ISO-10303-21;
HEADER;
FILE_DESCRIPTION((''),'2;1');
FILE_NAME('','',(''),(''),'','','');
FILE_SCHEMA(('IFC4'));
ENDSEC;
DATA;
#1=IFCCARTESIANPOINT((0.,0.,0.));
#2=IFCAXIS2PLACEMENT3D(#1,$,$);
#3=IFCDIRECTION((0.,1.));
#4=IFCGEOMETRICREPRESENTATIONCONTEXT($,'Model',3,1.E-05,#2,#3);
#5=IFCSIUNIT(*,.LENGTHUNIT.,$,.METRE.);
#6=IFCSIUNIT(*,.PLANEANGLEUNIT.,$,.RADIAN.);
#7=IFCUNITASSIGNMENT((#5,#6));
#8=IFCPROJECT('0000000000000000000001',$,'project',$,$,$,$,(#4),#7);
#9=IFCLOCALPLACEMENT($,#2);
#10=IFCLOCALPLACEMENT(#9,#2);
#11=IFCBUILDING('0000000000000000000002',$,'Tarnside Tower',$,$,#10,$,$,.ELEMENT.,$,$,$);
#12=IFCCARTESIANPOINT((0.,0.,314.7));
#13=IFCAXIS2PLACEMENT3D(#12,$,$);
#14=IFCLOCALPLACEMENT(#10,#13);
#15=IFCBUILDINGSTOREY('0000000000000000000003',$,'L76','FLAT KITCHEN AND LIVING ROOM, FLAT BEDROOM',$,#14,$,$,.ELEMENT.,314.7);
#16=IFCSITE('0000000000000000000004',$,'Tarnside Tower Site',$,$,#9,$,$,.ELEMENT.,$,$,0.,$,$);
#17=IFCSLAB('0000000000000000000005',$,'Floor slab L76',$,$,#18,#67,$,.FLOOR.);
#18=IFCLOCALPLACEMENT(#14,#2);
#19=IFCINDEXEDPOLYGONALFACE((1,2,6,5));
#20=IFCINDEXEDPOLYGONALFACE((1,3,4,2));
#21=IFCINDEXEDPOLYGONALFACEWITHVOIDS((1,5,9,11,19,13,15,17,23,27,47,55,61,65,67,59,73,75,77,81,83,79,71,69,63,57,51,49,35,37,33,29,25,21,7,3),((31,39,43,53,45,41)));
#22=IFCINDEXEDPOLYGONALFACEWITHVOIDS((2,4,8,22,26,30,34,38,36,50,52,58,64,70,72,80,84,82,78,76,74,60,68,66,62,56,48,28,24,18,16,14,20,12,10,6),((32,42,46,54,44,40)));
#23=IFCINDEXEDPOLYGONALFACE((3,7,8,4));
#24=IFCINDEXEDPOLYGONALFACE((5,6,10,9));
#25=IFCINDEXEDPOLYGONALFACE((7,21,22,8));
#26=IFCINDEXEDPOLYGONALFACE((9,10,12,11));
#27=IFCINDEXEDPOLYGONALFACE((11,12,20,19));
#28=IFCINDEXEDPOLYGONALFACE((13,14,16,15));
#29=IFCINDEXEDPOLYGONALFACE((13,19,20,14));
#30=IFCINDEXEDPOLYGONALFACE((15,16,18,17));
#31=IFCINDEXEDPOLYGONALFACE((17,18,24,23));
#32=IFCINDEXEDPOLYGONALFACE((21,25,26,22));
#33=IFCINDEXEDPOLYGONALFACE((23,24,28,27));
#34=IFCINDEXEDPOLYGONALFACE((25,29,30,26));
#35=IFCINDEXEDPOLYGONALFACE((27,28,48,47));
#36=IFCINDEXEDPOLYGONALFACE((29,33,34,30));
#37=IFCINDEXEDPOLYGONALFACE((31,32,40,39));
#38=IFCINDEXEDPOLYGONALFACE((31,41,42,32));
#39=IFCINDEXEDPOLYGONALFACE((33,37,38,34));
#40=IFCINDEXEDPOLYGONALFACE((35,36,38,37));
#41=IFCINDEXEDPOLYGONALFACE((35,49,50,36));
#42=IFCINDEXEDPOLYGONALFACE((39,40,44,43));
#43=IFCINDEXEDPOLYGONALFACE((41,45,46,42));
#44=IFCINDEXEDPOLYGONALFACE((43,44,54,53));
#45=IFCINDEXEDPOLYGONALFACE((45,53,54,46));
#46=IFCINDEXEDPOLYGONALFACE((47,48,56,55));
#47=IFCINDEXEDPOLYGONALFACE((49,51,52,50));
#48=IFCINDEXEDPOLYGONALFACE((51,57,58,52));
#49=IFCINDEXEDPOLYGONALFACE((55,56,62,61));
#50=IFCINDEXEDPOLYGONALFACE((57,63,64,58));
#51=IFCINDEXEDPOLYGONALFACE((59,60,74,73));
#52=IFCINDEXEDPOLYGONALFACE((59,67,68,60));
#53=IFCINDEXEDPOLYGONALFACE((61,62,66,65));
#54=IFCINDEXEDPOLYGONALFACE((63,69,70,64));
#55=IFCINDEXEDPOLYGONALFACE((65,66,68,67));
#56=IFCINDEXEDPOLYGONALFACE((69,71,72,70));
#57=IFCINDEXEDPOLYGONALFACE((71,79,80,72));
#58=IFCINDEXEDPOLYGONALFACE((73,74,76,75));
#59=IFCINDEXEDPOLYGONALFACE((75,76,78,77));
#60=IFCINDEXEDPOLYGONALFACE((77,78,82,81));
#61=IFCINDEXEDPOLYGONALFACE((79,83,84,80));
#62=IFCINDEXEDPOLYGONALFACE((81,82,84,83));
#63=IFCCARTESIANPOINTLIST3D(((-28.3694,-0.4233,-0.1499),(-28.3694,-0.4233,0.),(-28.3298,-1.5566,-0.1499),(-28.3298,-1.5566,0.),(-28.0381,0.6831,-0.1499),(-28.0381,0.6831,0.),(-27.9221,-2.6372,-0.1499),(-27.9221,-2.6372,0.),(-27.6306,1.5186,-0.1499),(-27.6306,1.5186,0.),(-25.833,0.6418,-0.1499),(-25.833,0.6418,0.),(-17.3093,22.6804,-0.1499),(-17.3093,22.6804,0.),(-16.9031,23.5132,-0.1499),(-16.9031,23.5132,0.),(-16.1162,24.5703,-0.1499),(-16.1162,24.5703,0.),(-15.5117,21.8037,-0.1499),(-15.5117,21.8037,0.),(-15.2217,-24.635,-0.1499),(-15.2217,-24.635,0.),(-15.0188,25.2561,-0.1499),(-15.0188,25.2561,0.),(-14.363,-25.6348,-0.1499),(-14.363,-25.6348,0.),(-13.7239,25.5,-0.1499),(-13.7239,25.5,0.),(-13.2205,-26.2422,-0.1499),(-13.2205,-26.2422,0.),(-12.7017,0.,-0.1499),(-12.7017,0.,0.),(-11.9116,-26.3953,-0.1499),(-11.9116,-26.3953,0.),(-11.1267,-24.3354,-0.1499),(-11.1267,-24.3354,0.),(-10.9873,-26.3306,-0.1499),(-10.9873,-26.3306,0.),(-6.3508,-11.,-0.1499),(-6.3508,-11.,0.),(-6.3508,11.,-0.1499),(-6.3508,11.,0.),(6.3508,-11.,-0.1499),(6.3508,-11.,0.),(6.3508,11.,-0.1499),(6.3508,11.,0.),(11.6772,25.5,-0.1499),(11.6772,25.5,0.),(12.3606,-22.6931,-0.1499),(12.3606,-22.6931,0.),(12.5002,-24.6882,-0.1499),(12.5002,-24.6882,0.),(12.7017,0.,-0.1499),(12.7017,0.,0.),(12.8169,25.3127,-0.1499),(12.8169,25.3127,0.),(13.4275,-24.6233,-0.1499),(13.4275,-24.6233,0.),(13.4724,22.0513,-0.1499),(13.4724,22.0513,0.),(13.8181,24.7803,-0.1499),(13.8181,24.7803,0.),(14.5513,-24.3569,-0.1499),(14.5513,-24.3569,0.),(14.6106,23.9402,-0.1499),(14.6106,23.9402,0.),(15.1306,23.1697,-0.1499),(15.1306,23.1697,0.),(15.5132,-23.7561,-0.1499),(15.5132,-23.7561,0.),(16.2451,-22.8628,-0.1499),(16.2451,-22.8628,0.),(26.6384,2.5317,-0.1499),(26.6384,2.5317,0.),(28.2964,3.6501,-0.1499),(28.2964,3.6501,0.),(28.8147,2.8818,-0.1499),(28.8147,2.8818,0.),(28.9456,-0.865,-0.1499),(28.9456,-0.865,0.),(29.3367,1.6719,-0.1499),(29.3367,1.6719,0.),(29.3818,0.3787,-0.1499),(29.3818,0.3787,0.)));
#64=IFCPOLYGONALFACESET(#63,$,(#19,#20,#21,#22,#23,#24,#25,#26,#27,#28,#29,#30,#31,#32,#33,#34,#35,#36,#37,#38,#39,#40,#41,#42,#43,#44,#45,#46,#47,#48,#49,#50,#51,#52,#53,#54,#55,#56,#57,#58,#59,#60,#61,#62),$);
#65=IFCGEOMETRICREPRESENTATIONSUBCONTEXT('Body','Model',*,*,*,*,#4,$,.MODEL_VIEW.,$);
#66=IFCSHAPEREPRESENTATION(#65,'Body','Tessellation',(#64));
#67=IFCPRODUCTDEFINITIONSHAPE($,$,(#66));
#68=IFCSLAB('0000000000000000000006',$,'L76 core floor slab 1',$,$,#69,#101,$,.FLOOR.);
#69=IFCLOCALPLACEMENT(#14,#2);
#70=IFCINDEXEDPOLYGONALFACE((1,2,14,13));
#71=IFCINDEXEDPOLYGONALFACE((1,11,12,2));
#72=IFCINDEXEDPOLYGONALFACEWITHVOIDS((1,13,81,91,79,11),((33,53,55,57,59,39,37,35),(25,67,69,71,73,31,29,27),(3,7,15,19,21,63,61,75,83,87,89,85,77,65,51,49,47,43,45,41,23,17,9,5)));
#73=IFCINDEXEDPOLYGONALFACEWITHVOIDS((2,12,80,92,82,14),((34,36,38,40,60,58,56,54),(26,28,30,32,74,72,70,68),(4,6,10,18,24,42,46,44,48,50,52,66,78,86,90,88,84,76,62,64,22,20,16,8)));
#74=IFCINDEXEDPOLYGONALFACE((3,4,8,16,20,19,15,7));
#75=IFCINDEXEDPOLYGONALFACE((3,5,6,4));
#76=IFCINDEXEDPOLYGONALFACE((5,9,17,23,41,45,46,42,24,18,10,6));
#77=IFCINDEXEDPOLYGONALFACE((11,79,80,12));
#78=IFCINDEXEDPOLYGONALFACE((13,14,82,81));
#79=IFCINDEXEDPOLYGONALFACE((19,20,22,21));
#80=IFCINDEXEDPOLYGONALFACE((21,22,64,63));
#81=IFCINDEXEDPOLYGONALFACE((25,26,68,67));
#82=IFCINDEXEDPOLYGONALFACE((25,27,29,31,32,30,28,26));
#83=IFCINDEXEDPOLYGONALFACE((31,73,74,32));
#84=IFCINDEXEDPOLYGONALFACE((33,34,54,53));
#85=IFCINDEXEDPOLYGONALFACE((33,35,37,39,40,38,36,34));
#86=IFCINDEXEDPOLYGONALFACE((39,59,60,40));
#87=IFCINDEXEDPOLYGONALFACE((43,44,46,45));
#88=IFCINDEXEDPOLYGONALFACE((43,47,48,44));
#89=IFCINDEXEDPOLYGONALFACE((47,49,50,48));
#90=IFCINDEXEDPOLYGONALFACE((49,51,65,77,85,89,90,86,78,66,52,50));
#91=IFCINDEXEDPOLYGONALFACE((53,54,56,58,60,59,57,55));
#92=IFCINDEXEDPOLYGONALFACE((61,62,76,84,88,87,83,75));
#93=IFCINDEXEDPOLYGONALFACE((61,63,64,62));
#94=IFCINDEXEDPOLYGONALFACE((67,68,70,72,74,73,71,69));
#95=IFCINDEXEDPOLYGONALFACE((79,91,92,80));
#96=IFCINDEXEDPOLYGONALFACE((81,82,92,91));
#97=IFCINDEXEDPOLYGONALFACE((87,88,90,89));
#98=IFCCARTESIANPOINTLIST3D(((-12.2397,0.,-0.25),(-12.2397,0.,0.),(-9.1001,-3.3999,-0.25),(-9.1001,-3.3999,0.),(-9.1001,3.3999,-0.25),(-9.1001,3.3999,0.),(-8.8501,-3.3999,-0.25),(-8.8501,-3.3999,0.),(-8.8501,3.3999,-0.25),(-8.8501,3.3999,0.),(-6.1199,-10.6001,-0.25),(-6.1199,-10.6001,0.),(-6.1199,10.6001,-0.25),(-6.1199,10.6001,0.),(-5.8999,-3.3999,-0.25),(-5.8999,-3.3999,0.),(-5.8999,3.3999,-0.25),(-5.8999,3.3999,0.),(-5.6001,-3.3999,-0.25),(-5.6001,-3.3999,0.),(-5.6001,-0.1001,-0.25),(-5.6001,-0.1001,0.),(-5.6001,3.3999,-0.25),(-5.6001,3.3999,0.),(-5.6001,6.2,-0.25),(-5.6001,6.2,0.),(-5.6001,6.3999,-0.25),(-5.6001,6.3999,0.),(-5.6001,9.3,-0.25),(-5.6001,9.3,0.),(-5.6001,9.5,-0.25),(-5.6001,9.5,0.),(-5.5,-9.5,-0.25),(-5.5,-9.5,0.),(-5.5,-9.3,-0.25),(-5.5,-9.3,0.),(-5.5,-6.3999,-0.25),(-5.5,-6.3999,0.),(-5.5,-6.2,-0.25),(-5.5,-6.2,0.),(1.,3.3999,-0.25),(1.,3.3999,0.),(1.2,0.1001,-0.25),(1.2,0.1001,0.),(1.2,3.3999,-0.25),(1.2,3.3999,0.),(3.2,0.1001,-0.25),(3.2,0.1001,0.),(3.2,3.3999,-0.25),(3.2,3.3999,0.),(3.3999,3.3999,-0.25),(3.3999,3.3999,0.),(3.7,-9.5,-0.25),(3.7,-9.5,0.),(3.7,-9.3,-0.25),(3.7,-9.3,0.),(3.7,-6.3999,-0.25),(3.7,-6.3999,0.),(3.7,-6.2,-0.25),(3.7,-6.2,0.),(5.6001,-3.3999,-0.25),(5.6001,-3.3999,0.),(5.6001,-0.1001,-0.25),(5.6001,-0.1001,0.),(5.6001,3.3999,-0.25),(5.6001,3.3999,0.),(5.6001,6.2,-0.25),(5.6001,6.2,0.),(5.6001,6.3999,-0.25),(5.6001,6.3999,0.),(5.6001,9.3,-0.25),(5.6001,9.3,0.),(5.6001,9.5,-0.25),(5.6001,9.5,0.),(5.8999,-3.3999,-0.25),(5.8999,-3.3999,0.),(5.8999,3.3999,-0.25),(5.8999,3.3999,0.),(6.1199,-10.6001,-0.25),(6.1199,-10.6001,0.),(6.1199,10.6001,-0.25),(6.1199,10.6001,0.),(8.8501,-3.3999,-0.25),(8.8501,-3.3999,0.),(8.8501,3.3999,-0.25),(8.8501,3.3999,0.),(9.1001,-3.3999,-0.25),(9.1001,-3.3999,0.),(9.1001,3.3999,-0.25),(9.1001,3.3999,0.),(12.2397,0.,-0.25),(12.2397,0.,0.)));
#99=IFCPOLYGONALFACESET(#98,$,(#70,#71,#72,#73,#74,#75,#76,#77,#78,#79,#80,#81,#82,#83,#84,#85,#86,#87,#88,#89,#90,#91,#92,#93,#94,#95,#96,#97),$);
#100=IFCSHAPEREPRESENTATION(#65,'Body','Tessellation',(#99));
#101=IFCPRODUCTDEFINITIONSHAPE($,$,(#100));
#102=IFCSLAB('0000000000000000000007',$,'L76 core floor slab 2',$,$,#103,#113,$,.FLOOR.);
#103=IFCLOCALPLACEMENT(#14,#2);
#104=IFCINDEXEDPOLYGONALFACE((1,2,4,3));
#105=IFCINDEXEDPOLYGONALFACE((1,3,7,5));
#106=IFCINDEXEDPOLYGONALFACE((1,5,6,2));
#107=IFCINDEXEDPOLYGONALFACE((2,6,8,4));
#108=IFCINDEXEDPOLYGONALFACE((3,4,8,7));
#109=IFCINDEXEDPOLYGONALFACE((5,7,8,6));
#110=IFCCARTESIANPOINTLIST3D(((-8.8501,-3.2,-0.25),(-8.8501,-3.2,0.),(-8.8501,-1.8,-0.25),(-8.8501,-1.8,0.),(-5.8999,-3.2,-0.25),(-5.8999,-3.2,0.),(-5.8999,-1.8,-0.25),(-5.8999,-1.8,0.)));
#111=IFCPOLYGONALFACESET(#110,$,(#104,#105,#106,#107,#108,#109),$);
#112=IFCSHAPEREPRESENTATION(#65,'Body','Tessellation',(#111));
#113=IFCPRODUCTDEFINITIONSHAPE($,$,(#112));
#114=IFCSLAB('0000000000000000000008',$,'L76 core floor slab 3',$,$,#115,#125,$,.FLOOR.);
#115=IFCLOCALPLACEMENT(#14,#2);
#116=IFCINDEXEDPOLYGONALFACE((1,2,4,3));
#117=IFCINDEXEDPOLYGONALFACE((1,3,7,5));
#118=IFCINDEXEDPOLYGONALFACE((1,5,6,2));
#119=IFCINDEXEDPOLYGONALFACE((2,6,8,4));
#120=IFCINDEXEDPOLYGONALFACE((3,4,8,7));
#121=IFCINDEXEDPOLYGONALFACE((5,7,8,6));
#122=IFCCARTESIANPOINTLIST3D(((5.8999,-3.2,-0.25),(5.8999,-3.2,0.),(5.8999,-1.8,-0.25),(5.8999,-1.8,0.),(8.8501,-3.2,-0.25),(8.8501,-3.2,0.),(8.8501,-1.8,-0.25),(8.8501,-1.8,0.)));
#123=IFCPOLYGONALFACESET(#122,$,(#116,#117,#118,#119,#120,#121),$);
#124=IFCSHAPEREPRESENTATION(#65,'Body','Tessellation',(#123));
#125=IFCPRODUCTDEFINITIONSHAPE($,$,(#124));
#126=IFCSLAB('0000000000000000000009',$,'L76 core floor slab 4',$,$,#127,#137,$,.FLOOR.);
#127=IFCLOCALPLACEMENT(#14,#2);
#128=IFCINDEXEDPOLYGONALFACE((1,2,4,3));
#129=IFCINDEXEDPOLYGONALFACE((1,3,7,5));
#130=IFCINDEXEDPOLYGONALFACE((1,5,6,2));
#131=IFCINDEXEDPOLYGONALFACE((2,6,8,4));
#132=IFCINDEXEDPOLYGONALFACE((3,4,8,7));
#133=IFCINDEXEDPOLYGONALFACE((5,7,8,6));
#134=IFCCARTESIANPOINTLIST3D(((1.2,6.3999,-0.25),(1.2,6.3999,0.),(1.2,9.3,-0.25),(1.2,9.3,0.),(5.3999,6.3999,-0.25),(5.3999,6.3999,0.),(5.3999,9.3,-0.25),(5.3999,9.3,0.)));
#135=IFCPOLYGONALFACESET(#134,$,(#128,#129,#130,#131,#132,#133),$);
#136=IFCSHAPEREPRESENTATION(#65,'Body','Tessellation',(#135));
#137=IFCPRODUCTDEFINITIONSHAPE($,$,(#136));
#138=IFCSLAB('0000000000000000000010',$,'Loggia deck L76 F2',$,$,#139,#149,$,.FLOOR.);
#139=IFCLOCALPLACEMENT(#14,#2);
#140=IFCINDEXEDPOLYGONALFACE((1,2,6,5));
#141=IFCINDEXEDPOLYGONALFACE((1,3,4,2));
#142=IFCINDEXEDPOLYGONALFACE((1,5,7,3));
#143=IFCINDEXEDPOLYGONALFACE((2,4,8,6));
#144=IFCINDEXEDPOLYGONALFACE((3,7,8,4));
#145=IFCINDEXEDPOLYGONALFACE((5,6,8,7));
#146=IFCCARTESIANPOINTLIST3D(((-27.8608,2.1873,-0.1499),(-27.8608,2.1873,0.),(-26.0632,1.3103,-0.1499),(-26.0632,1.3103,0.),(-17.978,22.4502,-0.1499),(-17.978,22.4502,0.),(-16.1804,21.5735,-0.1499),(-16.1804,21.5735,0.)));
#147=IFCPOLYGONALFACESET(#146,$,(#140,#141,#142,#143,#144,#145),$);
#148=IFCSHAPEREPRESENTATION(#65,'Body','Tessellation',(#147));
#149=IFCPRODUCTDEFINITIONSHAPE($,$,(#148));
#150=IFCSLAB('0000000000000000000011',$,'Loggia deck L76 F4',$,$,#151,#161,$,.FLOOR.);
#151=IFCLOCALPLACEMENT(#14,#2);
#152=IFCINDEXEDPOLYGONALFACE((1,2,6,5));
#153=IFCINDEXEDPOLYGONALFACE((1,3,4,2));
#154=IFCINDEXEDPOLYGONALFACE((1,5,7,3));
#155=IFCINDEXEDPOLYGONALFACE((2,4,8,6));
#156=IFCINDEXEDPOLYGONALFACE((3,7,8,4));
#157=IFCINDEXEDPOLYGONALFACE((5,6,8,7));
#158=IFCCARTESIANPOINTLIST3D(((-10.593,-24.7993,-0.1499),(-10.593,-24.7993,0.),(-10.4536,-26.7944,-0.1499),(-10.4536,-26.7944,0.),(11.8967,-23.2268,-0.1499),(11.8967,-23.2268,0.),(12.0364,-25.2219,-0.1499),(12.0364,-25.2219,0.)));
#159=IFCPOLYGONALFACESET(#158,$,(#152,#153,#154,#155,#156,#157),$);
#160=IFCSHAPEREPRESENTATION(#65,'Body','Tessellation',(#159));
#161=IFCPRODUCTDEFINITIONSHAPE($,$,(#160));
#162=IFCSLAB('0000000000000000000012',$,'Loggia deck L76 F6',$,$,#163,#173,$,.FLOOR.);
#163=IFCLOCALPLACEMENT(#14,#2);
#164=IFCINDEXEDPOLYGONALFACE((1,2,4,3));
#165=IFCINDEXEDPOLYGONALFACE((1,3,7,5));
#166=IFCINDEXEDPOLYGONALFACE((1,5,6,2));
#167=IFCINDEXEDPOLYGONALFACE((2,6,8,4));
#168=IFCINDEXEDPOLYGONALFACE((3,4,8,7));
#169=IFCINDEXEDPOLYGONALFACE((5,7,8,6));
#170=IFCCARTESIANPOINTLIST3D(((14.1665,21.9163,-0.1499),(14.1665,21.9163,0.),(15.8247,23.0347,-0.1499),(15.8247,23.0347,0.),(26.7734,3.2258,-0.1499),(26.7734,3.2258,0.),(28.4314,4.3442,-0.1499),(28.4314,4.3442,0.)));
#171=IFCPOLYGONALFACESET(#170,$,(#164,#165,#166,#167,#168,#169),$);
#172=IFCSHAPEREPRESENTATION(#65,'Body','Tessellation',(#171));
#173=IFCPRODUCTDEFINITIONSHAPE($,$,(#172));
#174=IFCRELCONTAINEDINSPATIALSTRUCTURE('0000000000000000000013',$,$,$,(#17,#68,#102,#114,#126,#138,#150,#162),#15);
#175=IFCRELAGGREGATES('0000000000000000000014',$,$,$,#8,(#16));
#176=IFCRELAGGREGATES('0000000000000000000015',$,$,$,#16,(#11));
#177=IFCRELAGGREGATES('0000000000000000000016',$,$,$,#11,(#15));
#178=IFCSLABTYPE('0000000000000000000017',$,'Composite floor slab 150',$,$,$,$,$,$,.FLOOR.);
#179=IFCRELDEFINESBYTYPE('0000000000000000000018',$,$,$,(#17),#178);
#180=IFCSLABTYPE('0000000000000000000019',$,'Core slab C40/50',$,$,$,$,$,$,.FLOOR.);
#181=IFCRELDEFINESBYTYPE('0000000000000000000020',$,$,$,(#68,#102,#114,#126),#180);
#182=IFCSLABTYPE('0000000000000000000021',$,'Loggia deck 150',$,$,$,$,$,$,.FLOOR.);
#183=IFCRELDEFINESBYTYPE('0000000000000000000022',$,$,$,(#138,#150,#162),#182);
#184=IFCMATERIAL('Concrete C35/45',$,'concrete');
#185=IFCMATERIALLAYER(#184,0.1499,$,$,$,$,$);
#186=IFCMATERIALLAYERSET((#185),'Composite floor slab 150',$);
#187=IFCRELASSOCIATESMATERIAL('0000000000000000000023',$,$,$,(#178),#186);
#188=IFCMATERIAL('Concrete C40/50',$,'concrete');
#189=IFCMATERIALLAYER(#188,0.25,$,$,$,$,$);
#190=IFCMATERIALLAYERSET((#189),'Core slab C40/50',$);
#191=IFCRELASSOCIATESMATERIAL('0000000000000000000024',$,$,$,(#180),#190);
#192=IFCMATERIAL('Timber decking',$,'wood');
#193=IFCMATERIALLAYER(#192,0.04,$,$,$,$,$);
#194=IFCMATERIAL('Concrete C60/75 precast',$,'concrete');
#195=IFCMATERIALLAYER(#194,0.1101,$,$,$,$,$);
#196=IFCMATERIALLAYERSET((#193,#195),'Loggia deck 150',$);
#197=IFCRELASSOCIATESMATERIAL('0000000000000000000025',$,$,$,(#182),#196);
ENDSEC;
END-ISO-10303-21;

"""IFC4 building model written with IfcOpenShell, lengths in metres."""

from ifc_helpers import new_model, si_unit, direction, frame, origin, place, context, subcontext, project, spatial, polyline, outline, extrude, material, layer, layer_set, type_object, element, save


model = new_model("IFC4")

# Units and contexts
model_context = context("Model", 3, precision=1e-05, world=origin(), true_north=direction((0.0, 1.0)))
body_context = subcontext(model_context, "Body", "Model", "MODEL_VIEW")
ifc_project = project(units=[si_unit("LENGTHUNIT", "METRE"), si_unit("PLANEANGLEUNIT", "RADIAN")], contexts=[model_context])

# Site, building, storey
site_placement = place(None, origin())
site = spatial("IfcSite", under=ifc_project, at=site_placement, Name="Tarnside Tower Site", CompositionType="ELEMENT", RefElevation=0.0)
building_placement = place(site_placement, origin())
building = spatial("IfcBuilding", under=site, at=building_placement, Name="Tarnside Tower", CompositionType="ELEMENT")
storey_placement = place(building_placement, frame((0.0, 0.0, 314.7)))
storey = spatial("IfcBuildingStorey", under=building, at=storey_placement, Name="L76", Description="FLAT KITCHEN AND LIVING ROOM, FLAT BEDROOM", CompositionType="ELEMENT", Elevation=314.7)

# Slabs
ifc_material_1 = material(Name="Concrete C35/45", Category="concrete")
ifc_layer_1 = layer(ifc_material_1, 0.1499)
ifc_layer_set_1 = layer_set([ifc_layer_1], Name="Composite floor slab 150")
slab_type_1 = type_object("IfcSlabType", Name="Composite floor slab 150", PredefinedType="FLOOR", material=ifc_layer_set_1)
slab_1_placement = place(storey_placement, frame((0.0, 0.0, -0.1499)))
element("IfcSlab", 1, at=slab_1_placement, inside=storey, type_object=slab_type_1, Name="Floor slab L76", PredefinedType="FLOOR", context=body_context, shape_type="SweptSolid", body=[
    extrude(outline(polyline([(12.8169, 25.3127), (13.8181, 24.7803), (14.6106, 23.9402), (15.1306, 23.1697), (13.4724, 22.0513), (26.6384, 2.5317), (28.2964, 3.6501), (28.8147, 2.8818), (29.3367, 1.6719), (29.3818, 0.3787), (28.9456, -0.865), (16.2451, -22.8628), (15.5132, -23.7561), (14.5513, -24.3569), (13.4275, -24.6233), (12.5002, -24.6882), (12.3606, -22.6931), (-11.1267, -24.3354), (-10.9873, -26.3306), (-11.9116, -26.3953), (-13.2205, -26.2422), (-14.363, -25.6348), (-15.2217, -24.635), (-27.9221, -2.6372), (-28.3298, -1.5566), (-28.3694, -0.4233), (-28.0381, 0.6831), (-27.6306, 1.5186), (-25.833, 0.6418), (-15.5117, 21.8037), (-17.3093, 22.6804), (-16.9031, 23.5132), (-16.1162, 24.5703), (-15.0188, 25.2561), (-13.7239, 25.5), (11.6772, 25.5), (12.8169, 25.3127)]), holes=[polyline([(-12.7017, 0.0), (-6.3508, -11.0), (6.3508, -11.0), (12.7017, 0.0), (6.3508, 11.0), (-6.3508, 11.0), (-12.7017, 0.0)])]), origin(), (0.0, 0.0, 1.0), 0.1499),
])
ifc_material_2 = material(Name="Concrete C40/50", Category="concrete")
ifc_layer_2 = layer(ifc_material_2, 0.25)
ifc_layer_set_2 = layer_set([ifc_layer_2], Name="Core slab C40/50")
slab_type_2 = type_object("IfcSlabType", Name="Core slab C40/50", PredefinedType="FLOOR", material=ifc_layer_set_2)
slab_2_placement = place(storey_placement, frame((0.0, 0.0, -0.25)))
element("IfcSlab", 2, at=slab_2_placement, inside=storey, type_object=slab_type_2, Name="L76 core floor slab 1", PredefinedType="FLOOR", context=body_context, shape_type="SweptSolid", body=[
    extrude(outline(polyline([(6.1199, 10.6001), (12.2397, 0.0), (6.1199, -10.6001), (-6.1199, -10.6001), (-12.2397, 0.0), (-6.1199, 10.6001), (6.1199, 10.6001)]), holes=[polyline([(-5.5, -9.5), (3.7, -9.5), (3.7, -9.3), (3.7, -6.3999), (3.7, -6.2), (-5.5, -6.2), (-5.5, -6.3999), (-5.5, -9.3), (-5.5, -9.5)]), polyline([(-5.6001, -3.3999), (-5.6001, -0.1001), (5.6001, -0.1001), (5.6001, -3.3999), (5.8999, -3.3999), (8.8501, -3.3999), (9.1001, -3.3999), (9.1001, 3.3999), (8.8501, 3.3999), (5.8999, 3.3999), (5.6001, 3.3999), (3.3999, 3.3999), (3.2, 3.3999), (3.2, 0.1001), (1.2, 0.1001), (1.2, 3.3999), (1.0, 3.3999), (-5.6001, 3.3999), (-5.8999, 3.3999), (-8.8501, 3.3999), (-9.1001, 3.3999), (-9.1001, -3.3999), (-8.8501, -3.3999), (-5.8999, -3.3999), (-5.6001, -3.3999)]), polyline([(-5.6001, 6.2), (5.6001, 6.2), (5.6001, 6.3999), (5.6001, 9.3), (5.6001, 9.5), (-5.6001, 9.5), (-5.6001, 9.3), (-5.6001, 6.3999), (-5.6001, 6.2)])]), origin(), (0.0, 0.0, 1.0), 0.25),
])
slab_3_placement = place(storey_placement, frame((0.0, 0.0, -0.25)))
element("IfcSlab", 3, at=slab_3_placement, inside=storey, type_object=slab_type_2, Name="L76 core floor slab 2", PredefinedType="FLOOR", context=body_context, shape_type="SweptSolid", body=[
    extrude(outline(polyline([(-8.8501, -3.2), (-8.8501, -1.8), (-5.8999, -1.8), (-5.8999, -3.2), (-8.8501, -3.2)])), origin(), (0.0, 0.0, 1.0), 0.25),
])
slab_4_placement = place(storey_placement, frame((0.0, 0.0, -0.25)))
element("IfcSlab", 4, at=slab_4_placement, inside=storey, type_object=slab_type_2, Name="L76 core floor slab 3", PredefinedType="FLOOR", context=body_context, shape_type="SweptSolid", body=[
    extrude(outline(polyline([(5.8999, -1.8), (8.8501, -1.8), (8.8501, -3.2), (5.8999, -3.2), (5.8999, -1.8)])), origin(), (0.0, 0.0, 1.0), 0.25),
])
slab_5_placement = place(storey_placement, frame((0.0, 0.0, -0.25)))
element("IfcSlab", 5, at=slab_5_placement, inside=storey, type_object=slab_type_2, Name="L76 core floor slab 4", PredefinedType="FLOOR", context=body_context, shape_type="SweptSolid", body=[
    extrude(outline(polyline([(5.3999, 6.3999), (1.2, 6.3999), (1.2, 9.3), (5.3999, 9.3), (5.3999, 6.3999)])), origin(), (0.0, 0.0, 1.0), 0.25),
])
ifc_material_3 = material(Name="Timber decking", Category="wood")
ifc_layer_3 = layer(ifc_material_3, 0.04)
ifc_material_4 = material(Name="Concrete C60/75 precast", Category="concrete")
ifc_layer_4 = layer(ifc_material_4, 0.1101)
ifc_layer_set_3 = layer_set([ifc_layer_3, ifc_layer_4], Name="Loggia deck 150")
slab_type_3 = type_object("IfcSlabType", Name="Loggia deck 150", PredefinedType="FLOOR", material=ifc_layer_set_3)
slab_6_placement = place(storey_placement, frame((0.0, 0.0, -0.1499)))
element("IfcSlab", 6, at=slab_6_placement, inside=storey, type_object=slab_type_3, Name="Loggia deck L76 F2", PredefinedType="FLOOR", context=body_context, shape_type="SweptSolid", body=[
    extrude(outline(polyline([(-16.1804, 21.5735), (-26.0632, 1.3103), (-27.8608, 2.1873), (-17.978, 22.4502), (-16.1804, 21.5735)])), origin(), (0.0, 0.0, 1.0), 0.1499),
])
slab_7_placement = place(storey_placement, frame((0.0, 0.0, -0.1499)))
element("IfcSlab", 7, at=slab_7_placement, inside=storey, type_object=slab_type_3, Name="Loggia deck L76 F4", PredefinedType="FLOOR", context=body_context, shape_type="SweptSolid", body=[
    extrude(outline(polyline([(-10.593, -24.7993), (11.8967, -23.2268), (12.0364, -25.2219), (-10.4536, -26.7944), (-10.593, -24.7993)])), origin(), (0.0, 0.0, 1.0), 0.1499),
])
slab_8_placement = place(storey_placement, frame((0.0, 0.0, -0.1499)))
element("IfcSlab", 8, at=slab_8_placement, inside=storey, type_object=slab_type_3, Name="Loggia deck L76 F6", PredefinedType="FLOOR", context=body_context, shape_type="SweptSolid", body=[
    extrude(outline(polyline([(26.7734, 3.2258), (14.1665, 21.9163), (15.8247, 23.0347), (28.4314, 4.3442), (26.7734, 3.2258)])), origin(), (0.0, 0.0, 1.0), 0.1499),
])

save(model, "model.ifc")
